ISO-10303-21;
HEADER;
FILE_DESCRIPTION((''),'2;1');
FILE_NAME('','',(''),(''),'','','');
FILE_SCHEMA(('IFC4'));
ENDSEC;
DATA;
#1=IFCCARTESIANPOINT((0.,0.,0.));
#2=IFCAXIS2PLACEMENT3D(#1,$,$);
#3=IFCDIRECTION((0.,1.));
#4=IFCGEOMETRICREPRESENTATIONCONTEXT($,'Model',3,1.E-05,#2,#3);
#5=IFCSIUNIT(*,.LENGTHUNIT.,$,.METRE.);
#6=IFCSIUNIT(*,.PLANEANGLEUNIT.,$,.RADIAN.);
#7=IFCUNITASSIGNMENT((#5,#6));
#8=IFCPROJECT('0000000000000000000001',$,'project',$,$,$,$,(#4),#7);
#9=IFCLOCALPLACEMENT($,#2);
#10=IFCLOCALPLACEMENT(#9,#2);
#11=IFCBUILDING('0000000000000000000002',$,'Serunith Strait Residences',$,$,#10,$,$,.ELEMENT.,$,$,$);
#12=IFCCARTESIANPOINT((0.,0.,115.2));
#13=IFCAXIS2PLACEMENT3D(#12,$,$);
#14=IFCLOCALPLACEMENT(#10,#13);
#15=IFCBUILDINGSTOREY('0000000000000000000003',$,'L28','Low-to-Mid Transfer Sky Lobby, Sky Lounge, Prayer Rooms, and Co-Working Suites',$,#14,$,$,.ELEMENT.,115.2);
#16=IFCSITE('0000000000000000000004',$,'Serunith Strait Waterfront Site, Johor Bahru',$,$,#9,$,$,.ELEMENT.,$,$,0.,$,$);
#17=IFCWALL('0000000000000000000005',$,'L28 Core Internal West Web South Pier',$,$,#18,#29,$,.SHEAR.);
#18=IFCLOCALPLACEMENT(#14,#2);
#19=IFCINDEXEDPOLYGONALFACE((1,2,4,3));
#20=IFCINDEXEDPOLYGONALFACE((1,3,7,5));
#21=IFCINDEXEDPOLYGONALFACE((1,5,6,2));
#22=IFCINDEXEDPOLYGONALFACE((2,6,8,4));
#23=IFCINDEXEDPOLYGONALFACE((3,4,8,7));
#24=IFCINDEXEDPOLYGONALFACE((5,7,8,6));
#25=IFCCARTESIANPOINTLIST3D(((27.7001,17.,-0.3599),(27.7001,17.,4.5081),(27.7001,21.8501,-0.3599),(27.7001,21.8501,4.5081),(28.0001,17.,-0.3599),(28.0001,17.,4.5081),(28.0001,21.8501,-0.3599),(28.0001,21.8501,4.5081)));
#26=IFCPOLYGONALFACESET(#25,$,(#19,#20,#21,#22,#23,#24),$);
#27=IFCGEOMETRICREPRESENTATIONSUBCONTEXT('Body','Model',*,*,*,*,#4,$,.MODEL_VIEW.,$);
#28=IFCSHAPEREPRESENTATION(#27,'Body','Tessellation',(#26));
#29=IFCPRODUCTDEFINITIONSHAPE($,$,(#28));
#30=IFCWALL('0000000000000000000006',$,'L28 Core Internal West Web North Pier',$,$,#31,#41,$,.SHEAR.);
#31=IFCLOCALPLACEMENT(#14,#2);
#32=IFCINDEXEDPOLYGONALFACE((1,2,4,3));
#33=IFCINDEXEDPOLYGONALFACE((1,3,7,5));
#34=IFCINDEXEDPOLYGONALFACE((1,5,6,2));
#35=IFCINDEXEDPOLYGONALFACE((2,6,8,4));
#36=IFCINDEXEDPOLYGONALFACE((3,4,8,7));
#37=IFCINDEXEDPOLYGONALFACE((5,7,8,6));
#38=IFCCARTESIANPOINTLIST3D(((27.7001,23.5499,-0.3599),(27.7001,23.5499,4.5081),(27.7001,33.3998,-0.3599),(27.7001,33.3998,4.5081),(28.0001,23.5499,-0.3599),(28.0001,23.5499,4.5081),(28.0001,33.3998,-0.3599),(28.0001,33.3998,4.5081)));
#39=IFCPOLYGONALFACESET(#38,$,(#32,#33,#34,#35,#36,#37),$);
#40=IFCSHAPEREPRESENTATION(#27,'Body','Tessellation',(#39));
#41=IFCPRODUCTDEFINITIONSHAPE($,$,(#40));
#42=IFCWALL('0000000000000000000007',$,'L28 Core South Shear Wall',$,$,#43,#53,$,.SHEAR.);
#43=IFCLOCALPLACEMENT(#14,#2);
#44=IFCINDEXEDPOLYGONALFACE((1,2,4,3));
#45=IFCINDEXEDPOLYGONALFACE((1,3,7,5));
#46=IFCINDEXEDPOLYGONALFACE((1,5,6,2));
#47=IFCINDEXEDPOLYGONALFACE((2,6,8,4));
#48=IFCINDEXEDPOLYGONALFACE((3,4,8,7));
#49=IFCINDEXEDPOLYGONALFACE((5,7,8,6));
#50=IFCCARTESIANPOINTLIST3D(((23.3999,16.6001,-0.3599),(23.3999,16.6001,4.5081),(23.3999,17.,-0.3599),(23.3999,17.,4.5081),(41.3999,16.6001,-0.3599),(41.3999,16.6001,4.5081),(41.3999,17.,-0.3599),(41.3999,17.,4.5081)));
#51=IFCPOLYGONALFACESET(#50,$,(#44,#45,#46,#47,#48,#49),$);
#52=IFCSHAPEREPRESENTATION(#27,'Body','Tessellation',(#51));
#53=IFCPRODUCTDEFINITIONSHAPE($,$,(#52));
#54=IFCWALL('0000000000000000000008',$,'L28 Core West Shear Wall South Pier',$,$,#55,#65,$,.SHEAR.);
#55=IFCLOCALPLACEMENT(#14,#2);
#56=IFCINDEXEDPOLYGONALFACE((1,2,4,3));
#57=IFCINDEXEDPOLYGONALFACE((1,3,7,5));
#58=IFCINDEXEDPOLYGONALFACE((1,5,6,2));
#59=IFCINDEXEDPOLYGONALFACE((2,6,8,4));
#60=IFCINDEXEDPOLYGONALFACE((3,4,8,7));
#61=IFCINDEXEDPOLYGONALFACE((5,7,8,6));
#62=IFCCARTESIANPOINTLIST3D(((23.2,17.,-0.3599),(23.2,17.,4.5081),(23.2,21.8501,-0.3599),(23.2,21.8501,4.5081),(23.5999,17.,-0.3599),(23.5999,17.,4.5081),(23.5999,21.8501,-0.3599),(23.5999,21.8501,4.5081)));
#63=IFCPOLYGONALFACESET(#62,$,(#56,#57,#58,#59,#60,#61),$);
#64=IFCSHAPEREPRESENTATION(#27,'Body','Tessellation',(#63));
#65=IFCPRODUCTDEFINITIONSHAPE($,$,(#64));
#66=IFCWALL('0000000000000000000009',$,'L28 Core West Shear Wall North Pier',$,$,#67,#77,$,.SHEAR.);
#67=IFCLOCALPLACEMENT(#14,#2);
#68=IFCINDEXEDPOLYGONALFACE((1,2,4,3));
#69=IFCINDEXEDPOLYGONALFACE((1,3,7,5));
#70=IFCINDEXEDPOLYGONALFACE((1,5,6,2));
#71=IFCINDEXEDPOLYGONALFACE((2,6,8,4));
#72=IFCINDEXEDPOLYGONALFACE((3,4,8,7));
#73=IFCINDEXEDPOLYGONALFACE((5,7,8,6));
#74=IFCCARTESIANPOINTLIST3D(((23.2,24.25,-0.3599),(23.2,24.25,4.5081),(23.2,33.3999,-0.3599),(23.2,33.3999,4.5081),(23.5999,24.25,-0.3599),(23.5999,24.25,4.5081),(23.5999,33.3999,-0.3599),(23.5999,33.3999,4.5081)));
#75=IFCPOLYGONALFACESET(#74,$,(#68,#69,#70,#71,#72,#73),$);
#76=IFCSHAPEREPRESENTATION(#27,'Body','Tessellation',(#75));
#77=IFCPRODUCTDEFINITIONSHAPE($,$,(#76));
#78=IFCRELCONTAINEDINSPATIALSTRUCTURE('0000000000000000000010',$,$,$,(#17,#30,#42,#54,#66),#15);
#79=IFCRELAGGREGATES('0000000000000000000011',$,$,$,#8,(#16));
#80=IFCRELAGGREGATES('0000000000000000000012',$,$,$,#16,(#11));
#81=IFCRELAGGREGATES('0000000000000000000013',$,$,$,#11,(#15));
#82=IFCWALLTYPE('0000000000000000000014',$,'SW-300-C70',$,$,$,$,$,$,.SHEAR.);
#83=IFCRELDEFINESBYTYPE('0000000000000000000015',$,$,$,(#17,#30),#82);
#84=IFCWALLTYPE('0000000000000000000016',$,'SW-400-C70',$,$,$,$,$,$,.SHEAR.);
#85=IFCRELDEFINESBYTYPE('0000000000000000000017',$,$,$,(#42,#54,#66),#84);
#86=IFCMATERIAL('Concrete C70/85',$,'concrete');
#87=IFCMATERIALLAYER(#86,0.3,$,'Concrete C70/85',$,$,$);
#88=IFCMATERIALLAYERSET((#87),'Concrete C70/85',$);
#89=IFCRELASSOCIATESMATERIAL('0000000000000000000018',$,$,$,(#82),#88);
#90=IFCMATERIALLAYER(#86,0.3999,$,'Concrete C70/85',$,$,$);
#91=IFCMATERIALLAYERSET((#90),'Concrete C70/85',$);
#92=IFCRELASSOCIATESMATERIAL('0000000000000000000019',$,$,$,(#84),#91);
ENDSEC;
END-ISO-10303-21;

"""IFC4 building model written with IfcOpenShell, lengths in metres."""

from ifc_helpers import new_model, si_unit, direction, frame, frame_2d, origin, place, context, subcontext, project, spatial, rectangle, extrude, material, layer, layer_set, type_object, element, save


model = new_model("IFC4")

# Units and contexts
model_context = context("Model", 3, precision=1e-05, world=origin(), true_north=direction((0.0, 1.0)))
body_context = subcontext(model_context, "Body", "Model", "MODEL_VIEW")
ifc_project = project(units=[si_unit("LENGTHUNIT", "METRE"), si_unit("PLANEANGLEUNIT", "RADIAN")], contexts=[model_context])

# Site, building, storey
site_placement = place(None, origin())
site = spatial("IfcSite", under=ifc_project, at=site_placement, Name="Serunith Strait Waterfront Site, Johor Bahru", CompositionType="ELEMENT", RefElevation=0.0)
building_placement = place(site_placement, origin())
building = spatial("IfcBuilding", under=site, at=building_placement, Name="Serunith Strait Residences", CompositionType="ELEMENT")
storey_placement = place(building_placement, frame((0.0, 0.0, 115.2)))
storey = spatial("IfcBuildingStorey", under=building, at=storey_placement, Name="L28", Description="Low-to-Mid Transfer Sky Lobby, Sky Lounge, Prayer Rooms, and Co-Working Suites", CompositionType="ELEMENT", Elevation=115.2)

# Walls
ifc_material_1 = material(Name="Concrete C70/85", Category="concrete")
ifc_layer_1 = layer(ifc_material_1, 0.3, Name="Concrete C70/85")
ifc_layer_set_1 = layer_set([ifc_layer_1], Name="Concrete C70/85")
wall_type_1 = type_object("IfcWallType", Name="SW-300-C70", PredefinedType="SHEAR", material=ifc_layer_set_1)
wall_1_placement = place(storey_placement, frame((27.8501, 17.0, -0.3599), z_axis=(0.0, 0.0, 1.0), x_axis=(0.0, 1.0, 0.0)))
element("IfcWall", 1, at=wall_1_placement, inside=storey, type_object=wall_type_1, Name="L28 Core Internal West Web South Pier", PredefinedType="SHEAR", context=body_context, shape_type="SweptSolid", body=[
    extrude(rectangle(XDim=4.8501, YDim=0.3, at=frame_2d((2.425, 0.0))), origin(), (0.0, 0.0, 1.0), 4.8679),
])
wall_2_placement = place(storey_placement, frame((27.8501, 23.55, -0.3599), z_axis=(0.0, 0.0, 1.0), x_axis=(0.0, 1.0, 0.0)))
element("IfcWall", 2, at=wall_2_placement, inside=storey, type_object=wall_type_1, Name="L28 Core Internal West Web North Pier", PredefinedType="SHEAR", context=body_context, shape_type="SweptSolid", body=[
    extrude(rectangle(XDim=9.8499, YDim=0.3, at=frame_2d((4.9248, 0.0))), origin(), (0.0, 0.0, 1.0), 4.8679),
])
ifc_layer_2 = layer(ifc_material_1, 0.3999, Name="Concrete C70/85")
ifc_layer_set_2 = layer_set([ifc_layer_2], Name="Concrete C70/85")
wall_type_2 = type_object("IfcWallType", Name="SW-400-C70", PredefinedType="SHEAR", material=ifc_layer_set_2)
wall_3_placement = place(storey_placement, frame((23.3999, 16.8, -0.3599), z_axis=(0.0, 0.0, 1.0), x_axis=(1.0, 0.0, 0.0)))
element("IfcWall", 3, at=wall_3_placement, inside=storey, type_object=wall_type_2, Name="L28 Core South Shear Wall", PredefinedType="SHEAR", context=body_context, shape_type="SweptSolid", body=[
    extrude(rectangle(XDim=18.0, YDim=0.3999, at=frame_2d((9.0, 0.0))), origin(), (0.0, 0.0, 1.0), 4.8679),
])
wall_4_placement = place(storey_placement, frame((23.3999, 17.0, -0.3599), z_axis=(0.0, 0.0, 1.0), x_axis=(0.0, 1.0, 0.0)))
element("IfcWall", 4, at=wall_4_placement, inside=storey, type_object=wall_type_2, Name="L28 Core West Shear Wall South Pier", PredefinedType="SHEAR", context=body_context, shape_type="SweptSolid", body=[
    extrude(rectangle(XDim=4.8501, YDim=0.3999, at=frame_2d((2.425, 0.0))), origin(), (0.0, 0.0, 1.0), 4.8679),
])
wall_5_placement = place(storey_placement, frame((23.3999, 24.25, -0.3599), z_axis=(0.0, 0.0, 1.0), x_axis=(0.0, 1.0, 0.0)))
element("IfcWall", 5, at=wall_5_placement, inside=storey, type_object=wall_type_2, Name="L28 Core West Shear Wall North Pier", PredefinedType="SHEAR", context=body_context, shape_type="SweptSolid", body=[
    extrude(rectangle(XDim=9.1499, YDim=0.3999, at=frame_2d((4.575, 0.0))), origin(), (0.0, 0.0, 1.0), 4.8679),
])

save(model, "model.ifc")
